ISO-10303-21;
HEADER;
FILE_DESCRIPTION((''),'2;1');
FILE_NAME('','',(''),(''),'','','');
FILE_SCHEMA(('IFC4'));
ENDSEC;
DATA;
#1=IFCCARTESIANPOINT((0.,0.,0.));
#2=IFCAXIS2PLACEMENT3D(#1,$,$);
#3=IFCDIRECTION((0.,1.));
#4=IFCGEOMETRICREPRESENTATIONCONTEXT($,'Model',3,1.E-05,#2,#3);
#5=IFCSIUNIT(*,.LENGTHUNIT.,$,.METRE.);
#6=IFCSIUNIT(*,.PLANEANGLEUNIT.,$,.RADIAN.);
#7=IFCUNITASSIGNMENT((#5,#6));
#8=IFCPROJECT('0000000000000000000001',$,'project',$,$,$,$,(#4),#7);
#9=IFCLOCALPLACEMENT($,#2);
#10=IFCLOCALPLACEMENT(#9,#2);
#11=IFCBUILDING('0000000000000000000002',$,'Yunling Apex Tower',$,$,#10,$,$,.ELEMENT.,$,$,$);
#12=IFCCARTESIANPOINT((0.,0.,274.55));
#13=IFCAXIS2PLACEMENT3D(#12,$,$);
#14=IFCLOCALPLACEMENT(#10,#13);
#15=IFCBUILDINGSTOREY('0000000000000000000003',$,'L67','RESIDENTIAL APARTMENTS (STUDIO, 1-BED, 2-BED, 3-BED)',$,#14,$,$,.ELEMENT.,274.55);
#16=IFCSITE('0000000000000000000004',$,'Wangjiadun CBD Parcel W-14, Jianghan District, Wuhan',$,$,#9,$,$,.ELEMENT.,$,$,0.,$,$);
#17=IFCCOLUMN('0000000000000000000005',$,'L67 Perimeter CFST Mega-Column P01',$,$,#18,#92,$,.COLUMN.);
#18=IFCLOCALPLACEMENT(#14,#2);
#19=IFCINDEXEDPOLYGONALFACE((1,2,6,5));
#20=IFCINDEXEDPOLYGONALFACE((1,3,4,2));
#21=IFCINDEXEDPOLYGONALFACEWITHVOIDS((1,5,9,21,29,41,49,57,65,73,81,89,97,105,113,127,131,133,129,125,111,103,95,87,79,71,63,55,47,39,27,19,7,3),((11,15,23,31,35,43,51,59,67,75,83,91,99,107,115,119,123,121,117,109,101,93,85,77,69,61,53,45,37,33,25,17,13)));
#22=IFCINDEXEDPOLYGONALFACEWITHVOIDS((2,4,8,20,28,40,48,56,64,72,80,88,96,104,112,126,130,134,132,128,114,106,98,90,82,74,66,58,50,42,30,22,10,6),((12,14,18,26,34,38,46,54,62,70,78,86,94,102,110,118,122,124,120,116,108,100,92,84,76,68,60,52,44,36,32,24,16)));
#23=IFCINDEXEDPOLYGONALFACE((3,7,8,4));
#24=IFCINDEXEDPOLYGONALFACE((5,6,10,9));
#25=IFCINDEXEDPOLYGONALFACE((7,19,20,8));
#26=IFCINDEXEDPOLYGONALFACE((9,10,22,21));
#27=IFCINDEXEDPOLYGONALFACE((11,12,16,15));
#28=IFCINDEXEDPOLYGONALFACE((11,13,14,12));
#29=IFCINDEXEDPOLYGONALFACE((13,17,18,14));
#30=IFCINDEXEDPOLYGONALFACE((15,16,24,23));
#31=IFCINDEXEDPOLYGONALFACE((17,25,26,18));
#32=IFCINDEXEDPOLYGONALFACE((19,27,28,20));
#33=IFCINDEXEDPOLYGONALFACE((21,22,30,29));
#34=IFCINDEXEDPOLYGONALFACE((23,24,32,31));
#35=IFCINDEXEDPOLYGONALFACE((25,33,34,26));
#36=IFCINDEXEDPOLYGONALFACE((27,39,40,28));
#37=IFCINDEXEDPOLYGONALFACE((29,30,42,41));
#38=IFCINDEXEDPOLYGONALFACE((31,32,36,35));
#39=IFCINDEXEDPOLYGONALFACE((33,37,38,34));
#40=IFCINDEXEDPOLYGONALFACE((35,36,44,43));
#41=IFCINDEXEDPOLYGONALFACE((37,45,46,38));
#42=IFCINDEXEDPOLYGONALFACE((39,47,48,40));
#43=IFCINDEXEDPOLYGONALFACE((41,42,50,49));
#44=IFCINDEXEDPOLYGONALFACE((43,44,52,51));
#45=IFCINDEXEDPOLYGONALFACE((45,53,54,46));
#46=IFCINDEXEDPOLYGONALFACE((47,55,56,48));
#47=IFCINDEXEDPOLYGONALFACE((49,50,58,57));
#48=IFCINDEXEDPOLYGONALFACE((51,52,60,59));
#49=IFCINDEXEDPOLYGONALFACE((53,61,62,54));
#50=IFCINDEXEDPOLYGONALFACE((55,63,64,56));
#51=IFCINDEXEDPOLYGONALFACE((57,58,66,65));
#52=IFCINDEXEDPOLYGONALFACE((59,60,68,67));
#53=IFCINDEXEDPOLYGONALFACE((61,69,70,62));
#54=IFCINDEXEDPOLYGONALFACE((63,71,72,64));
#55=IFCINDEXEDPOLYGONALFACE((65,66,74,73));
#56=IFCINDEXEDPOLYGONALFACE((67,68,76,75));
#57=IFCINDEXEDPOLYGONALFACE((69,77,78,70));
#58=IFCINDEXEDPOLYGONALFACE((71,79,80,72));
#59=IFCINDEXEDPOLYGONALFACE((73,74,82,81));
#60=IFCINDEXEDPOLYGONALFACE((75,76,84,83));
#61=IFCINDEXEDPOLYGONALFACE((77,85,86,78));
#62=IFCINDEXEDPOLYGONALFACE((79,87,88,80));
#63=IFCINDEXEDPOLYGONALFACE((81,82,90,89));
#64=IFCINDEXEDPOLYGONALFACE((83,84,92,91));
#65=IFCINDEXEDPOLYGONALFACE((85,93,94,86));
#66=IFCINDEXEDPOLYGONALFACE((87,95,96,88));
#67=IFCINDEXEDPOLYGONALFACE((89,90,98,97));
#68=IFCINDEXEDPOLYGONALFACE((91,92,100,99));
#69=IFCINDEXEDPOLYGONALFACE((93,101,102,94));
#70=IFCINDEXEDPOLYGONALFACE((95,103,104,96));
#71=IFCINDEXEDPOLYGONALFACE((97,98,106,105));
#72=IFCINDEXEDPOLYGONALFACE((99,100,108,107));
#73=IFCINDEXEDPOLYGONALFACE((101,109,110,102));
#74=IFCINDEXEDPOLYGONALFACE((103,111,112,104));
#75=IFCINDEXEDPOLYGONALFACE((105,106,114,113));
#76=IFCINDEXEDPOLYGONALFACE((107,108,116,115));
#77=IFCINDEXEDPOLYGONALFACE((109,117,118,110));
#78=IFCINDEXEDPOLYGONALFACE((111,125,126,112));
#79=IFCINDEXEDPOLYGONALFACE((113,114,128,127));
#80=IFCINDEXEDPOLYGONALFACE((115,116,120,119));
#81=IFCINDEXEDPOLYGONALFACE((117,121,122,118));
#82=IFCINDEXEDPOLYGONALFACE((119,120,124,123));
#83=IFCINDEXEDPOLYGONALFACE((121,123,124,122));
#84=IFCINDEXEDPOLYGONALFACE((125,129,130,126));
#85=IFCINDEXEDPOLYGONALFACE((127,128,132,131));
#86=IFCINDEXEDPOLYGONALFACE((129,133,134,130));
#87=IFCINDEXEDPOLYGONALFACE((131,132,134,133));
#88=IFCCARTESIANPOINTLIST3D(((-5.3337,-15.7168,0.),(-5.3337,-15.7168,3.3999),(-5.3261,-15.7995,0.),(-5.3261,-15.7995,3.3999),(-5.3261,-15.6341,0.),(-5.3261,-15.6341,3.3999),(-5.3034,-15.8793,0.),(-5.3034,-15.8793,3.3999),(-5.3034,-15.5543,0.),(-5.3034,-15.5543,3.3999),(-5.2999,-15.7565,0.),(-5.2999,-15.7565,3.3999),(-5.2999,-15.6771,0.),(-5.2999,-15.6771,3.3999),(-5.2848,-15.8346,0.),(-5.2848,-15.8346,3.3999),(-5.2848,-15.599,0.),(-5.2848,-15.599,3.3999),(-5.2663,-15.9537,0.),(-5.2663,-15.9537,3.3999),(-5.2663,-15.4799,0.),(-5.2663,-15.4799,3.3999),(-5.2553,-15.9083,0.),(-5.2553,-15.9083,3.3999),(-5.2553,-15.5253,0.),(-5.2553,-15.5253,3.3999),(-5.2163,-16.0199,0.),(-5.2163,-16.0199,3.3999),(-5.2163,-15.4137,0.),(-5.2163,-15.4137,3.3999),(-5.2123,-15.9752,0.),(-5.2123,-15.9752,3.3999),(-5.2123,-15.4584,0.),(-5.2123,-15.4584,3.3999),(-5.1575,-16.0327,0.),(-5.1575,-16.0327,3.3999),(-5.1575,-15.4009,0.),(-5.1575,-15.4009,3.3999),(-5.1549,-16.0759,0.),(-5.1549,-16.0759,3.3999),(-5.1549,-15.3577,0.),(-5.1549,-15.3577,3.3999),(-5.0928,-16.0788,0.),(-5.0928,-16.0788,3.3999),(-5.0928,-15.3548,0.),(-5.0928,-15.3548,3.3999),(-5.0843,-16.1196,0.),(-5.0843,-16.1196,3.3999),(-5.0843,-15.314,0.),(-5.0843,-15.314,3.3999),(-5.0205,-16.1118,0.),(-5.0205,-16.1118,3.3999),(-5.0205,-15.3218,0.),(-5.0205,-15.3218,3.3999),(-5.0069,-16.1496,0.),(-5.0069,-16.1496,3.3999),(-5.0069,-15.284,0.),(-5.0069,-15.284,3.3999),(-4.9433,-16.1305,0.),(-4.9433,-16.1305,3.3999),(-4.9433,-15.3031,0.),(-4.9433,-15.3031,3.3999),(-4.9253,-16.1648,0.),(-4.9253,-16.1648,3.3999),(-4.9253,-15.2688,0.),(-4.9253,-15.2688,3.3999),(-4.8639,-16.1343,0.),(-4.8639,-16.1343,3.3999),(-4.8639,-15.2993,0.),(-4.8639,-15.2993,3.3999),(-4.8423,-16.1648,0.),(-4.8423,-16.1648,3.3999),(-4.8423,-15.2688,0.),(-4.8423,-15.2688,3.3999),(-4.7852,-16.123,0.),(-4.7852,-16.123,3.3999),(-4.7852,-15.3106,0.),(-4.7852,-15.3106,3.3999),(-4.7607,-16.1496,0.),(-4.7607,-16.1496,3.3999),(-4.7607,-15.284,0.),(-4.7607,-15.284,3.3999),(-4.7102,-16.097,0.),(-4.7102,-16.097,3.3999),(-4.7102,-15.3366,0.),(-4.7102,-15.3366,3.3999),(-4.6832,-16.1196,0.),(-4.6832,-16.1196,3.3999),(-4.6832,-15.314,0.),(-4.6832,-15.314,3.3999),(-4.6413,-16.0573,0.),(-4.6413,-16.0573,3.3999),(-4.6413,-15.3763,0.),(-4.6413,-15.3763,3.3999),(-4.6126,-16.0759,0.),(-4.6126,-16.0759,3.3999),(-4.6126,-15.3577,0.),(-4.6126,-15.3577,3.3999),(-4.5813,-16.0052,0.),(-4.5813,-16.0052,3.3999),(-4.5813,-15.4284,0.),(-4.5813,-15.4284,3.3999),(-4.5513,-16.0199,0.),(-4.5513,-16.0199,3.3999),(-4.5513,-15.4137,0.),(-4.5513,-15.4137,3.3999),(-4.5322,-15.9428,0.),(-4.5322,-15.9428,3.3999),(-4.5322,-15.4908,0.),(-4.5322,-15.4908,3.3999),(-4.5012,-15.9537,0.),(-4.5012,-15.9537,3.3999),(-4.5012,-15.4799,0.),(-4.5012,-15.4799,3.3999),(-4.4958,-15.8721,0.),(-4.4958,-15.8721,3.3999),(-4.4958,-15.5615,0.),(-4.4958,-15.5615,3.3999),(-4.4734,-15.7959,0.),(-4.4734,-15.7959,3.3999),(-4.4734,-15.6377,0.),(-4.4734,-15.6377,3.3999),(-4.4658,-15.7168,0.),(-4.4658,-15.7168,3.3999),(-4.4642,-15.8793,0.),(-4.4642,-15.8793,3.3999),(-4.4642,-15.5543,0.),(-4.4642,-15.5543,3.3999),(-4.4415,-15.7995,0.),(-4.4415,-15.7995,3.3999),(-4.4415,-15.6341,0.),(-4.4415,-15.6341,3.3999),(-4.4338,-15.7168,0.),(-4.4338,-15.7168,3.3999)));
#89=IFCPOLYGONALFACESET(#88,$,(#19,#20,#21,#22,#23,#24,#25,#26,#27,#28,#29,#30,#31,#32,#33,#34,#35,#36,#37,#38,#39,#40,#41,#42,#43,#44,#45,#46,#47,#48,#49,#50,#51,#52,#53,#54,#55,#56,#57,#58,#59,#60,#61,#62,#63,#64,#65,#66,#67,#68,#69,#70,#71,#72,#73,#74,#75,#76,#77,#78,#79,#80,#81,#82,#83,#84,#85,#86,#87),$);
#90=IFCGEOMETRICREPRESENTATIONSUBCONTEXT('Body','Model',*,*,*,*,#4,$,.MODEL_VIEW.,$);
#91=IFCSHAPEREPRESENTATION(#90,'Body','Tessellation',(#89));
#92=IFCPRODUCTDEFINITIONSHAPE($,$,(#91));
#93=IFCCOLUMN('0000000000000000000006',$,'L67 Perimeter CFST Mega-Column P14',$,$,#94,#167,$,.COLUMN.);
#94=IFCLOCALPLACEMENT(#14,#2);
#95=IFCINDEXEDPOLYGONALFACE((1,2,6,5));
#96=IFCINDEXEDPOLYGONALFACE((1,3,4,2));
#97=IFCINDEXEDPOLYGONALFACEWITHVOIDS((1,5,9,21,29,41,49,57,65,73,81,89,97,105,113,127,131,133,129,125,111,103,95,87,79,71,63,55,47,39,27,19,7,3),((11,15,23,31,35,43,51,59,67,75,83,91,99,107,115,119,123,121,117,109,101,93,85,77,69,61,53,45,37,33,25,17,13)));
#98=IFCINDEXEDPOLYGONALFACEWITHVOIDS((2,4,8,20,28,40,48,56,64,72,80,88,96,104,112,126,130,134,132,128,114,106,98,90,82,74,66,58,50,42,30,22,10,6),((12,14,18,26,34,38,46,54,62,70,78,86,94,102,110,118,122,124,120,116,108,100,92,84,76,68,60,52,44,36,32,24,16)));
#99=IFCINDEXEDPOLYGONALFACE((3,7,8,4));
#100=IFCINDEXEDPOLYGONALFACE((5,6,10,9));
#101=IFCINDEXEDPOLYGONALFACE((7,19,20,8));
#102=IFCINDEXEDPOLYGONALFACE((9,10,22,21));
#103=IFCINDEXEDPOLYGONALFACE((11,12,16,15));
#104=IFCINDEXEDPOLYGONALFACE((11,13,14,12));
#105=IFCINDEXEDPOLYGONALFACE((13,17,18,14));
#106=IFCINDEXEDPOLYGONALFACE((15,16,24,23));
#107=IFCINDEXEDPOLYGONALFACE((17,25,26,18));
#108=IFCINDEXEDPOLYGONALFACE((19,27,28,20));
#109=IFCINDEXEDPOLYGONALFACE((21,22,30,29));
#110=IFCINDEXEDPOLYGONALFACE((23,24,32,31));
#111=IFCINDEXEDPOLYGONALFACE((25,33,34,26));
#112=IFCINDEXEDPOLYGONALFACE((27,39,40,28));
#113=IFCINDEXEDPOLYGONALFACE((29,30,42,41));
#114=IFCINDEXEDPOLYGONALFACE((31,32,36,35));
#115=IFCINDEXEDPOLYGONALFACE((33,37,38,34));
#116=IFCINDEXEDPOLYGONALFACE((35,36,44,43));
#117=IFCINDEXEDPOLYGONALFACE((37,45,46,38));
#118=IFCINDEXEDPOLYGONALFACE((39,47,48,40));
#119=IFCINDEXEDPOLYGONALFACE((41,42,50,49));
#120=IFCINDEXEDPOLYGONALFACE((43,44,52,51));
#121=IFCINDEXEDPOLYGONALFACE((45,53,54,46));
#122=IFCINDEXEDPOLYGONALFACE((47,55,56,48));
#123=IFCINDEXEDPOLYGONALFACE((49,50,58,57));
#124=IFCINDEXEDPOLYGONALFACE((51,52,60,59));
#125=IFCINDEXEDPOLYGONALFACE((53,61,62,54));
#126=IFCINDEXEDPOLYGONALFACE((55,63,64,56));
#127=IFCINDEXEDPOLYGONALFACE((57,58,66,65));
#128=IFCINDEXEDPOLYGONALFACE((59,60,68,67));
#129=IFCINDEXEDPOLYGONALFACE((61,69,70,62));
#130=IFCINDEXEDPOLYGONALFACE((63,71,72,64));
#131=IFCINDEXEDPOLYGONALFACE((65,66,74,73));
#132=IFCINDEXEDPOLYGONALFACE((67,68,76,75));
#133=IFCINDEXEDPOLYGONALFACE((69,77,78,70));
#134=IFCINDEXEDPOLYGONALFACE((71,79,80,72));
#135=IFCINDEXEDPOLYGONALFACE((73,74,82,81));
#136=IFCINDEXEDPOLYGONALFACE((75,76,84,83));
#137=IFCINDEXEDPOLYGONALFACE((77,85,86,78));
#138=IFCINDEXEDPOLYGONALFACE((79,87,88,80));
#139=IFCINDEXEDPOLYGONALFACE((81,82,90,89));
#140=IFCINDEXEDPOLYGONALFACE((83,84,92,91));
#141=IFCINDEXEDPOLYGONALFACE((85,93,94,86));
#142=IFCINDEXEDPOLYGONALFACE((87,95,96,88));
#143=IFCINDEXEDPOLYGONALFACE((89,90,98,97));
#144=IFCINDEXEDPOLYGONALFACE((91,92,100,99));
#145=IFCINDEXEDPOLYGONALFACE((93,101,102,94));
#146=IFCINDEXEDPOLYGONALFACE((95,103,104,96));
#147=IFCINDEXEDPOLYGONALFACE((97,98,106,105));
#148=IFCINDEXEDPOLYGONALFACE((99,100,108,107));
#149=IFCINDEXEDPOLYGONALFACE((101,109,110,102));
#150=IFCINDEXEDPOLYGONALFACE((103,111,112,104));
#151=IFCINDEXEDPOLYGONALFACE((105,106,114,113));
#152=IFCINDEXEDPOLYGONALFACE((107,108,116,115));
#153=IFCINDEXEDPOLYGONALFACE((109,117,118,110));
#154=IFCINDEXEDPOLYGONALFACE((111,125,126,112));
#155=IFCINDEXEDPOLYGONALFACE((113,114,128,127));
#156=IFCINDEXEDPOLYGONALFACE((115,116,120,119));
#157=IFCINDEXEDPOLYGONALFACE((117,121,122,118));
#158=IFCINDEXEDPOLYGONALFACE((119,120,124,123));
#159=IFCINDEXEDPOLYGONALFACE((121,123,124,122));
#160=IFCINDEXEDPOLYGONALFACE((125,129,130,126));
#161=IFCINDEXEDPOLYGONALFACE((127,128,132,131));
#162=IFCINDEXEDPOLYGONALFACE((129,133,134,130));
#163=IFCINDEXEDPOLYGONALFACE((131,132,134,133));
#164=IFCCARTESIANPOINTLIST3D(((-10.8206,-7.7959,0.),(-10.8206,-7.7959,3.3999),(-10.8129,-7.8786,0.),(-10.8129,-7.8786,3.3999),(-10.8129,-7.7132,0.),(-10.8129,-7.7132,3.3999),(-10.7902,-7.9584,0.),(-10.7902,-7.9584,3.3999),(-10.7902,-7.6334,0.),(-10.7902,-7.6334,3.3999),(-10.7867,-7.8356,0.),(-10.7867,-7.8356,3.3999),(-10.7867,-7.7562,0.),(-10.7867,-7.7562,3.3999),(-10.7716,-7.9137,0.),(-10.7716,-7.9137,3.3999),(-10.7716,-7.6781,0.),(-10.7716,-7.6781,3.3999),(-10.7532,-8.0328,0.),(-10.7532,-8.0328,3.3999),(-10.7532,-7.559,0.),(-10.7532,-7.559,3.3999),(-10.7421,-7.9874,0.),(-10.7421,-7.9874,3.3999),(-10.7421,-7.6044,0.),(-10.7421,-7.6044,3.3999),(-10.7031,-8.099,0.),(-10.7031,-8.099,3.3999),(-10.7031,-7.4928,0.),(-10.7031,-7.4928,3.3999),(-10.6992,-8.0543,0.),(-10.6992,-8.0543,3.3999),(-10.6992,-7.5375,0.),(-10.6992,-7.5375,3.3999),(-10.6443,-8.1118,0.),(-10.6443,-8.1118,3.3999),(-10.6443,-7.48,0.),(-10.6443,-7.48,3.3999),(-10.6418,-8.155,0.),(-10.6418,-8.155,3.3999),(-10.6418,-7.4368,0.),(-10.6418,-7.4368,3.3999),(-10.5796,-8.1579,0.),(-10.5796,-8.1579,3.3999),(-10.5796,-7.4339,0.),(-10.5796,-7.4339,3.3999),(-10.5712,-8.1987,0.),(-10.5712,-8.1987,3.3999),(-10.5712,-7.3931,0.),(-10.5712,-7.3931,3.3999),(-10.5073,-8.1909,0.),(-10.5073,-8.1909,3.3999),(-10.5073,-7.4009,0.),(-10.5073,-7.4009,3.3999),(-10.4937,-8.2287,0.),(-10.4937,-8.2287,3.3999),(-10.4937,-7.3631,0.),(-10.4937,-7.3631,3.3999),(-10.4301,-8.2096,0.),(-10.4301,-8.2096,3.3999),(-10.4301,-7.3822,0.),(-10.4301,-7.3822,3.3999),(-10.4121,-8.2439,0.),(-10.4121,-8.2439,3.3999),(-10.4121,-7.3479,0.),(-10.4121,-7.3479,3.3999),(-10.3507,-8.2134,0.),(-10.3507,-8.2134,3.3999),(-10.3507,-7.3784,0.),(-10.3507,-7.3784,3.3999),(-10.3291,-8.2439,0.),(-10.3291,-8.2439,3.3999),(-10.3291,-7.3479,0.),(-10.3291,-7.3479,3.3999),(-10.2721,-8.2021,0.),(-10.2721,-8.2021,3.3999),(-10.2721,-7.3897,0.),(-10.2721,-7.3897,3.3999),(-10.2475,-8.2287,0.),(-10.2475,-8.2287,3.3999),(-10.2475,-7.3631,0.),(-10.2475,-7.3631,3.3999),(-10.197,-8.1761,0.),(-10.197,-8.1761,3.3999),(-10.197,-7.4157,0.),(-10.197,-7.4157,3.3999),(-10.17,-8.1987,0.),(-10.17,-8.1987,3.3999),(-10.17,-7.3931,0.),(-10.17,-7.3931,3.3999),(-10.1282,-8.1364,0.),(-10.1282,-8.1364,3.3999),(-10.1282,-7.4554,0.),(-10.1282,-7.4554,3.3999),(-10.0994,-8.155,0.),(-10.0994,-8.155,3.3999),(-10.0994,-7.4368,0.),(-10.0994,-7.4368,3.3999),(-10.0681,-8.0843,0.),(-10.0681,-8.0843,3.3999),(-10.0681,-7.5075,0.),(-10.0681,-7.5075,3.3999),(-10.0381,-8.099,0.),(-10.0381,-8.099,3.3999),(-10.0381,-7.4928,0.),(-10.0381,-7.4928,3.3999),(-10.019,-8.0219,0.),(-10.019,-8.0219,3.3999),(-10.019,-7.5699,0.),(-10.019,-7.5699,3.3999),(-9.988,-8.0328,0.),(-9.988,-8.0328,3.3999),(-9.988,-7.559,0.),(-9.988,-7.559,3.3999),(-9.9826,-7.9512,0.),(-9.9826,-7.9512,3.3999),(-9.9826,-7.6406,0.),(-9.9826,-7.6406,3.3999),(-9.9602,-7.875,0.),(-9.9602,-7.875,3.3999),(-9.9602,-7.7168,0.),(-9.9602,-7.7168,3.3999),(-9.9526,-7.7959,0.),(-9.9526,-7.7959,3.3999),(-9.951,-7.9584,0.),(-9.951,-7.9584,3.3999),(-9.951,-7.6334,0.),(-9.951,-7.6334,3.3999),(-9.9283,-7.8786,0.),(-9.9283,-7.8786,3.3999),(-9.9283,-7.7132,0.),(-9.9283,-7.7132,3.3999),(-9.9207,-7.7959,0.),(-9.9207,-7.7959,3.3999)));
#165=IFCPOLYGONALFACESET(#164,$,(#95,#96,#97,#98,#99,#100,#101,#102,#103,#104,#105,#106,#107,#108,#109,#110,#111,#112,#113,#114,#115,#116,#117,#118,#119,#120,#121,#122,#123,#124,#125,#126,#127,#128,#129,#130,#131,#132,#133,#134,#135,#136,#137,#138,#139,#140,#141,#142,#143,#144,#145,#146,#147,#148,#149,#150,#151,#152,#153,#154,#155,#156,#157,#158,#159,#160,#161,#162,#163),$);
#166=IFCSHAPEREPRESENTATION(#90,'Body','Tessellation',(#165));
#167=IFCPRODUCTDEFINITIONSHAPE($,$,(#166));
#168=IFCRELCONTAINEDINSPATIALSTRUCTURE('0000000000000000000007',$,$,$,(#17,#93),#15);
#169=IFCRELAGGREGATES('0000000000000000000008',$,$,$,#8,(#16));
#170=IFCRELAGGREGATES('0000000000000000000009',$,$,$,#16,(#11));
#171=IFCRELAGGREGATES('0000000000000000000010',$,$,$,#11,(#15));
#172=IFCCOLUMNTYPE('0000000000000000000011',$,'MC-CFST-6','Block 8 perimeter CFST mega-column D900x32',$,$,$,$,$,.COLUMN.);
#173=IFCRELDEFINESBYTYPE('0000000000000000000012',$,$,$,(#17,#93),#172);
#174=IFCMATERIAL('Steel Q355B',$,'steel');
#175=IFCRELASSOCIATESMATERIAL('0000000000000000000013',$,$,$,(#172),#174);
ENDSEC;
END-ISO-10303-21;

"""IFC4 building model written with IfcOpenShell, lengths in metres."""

from ifc_helpers import new_model, si_unit, direction, frame, origin, origin_2d, place, context, subcontext, project, spatial, hollow_circle, extrude, source, transform, mapped, material, material_profile, profile_set, type_object, element, save


model = new_model("IFC4")

# Units and contexts
model_context = context("Model", 3, precision=1e-05, world=origin(), true_north=direction((0.0, 1.0)))
body_context = subcontext(model_context, "Body", "Model", "MODEL_VIEW")
ifc_project = project(units=[si_unit("LENGTHUNIT", "METRE"), si_unit("PLANEANGLEUNIT", "RADIAN")], contexts=[model_context])

# Site, building, storey
site_placement = place(None, origin())
site = spatial("IfcSite", under=ifc_project, at=site_placement, Name="Wangjiadun CBD Parcel W-14, Jianghan District, Wuhan", CompositionType="ELEMENT", RefElevation=0.0)
building_placement = place(site_placement, origin())
building = spatial("IfcBuilding", under=site, at=building_placement, Name="Yunling Apex Tower", CompositionType="ELEMENT")
storey_placement = place(building_placement, frame((0.0, 0.0, 274.55)))
storey = spatial("IfcBuildingStorey", under=building, at=storey_placement, Name="L67", Description="RESIDENTIAL APARTMENTS (STUDIO, 1-BED, 2-BED, 3-BED)", CompositionType="ELEMENT", Elevation=274.55)

# Columns
ifc_material_1 = material(Name="Steel Q355B", Category="steel")
ifc_material_profile_1 = material_profile(ifc_material_1, hollow_circle(Radius=0.45, WallThickness=0.032, at=origin_2d()))
ifc_profile_set_1 = profile_set([ifc_material_profile_1], Name="Steel Q355B")
column_type = type_object("IfcColumnType", Name="MC-CFST-6", Description="Block 8 perimeter CFST mega-column D900x32", PredefinedType="COLUMN", material=ifc_profile_set_1)
shared_shape_1 = source(origin(), body_context, "Body", "SweptSolid", [
    extrude(hollow_circle(Radius=0.45, WallThickness=0.032, at=origin_2d()), origin(), (0.0, 0.0, 1.0), 3.3999),
])
for number, where, z_axis, x_axis, name in (
    (1, (-4.8838, -15.7168, 0.0), (0.0, 0.0, 1.0), (1.0, 0.0, 0.0), "L67 Perimeter CFST Mega-Column P01"),
    (2, (-10.3706, -7.7959, 0.0), (0.0, 0.0, 1.0), (1.0, 0.0, 0.0), "L67 Perimeter CFST Mega-Column P14"),
):
    element("IfcColumn", number, at=place(storey_placement, frame(where, z_axis=z_axis, x_axis=x_axis)), inside=storey, type_object=column_type, Name=name, PredefinedType="COLUMN", context=body_context, shape_type="MappedRepresentation", body=[
        mapped(shared_shape_1, transform((0.0, 0.0, 0.0), scale=1.0)),
    ])

save(model, "model.ifc")
